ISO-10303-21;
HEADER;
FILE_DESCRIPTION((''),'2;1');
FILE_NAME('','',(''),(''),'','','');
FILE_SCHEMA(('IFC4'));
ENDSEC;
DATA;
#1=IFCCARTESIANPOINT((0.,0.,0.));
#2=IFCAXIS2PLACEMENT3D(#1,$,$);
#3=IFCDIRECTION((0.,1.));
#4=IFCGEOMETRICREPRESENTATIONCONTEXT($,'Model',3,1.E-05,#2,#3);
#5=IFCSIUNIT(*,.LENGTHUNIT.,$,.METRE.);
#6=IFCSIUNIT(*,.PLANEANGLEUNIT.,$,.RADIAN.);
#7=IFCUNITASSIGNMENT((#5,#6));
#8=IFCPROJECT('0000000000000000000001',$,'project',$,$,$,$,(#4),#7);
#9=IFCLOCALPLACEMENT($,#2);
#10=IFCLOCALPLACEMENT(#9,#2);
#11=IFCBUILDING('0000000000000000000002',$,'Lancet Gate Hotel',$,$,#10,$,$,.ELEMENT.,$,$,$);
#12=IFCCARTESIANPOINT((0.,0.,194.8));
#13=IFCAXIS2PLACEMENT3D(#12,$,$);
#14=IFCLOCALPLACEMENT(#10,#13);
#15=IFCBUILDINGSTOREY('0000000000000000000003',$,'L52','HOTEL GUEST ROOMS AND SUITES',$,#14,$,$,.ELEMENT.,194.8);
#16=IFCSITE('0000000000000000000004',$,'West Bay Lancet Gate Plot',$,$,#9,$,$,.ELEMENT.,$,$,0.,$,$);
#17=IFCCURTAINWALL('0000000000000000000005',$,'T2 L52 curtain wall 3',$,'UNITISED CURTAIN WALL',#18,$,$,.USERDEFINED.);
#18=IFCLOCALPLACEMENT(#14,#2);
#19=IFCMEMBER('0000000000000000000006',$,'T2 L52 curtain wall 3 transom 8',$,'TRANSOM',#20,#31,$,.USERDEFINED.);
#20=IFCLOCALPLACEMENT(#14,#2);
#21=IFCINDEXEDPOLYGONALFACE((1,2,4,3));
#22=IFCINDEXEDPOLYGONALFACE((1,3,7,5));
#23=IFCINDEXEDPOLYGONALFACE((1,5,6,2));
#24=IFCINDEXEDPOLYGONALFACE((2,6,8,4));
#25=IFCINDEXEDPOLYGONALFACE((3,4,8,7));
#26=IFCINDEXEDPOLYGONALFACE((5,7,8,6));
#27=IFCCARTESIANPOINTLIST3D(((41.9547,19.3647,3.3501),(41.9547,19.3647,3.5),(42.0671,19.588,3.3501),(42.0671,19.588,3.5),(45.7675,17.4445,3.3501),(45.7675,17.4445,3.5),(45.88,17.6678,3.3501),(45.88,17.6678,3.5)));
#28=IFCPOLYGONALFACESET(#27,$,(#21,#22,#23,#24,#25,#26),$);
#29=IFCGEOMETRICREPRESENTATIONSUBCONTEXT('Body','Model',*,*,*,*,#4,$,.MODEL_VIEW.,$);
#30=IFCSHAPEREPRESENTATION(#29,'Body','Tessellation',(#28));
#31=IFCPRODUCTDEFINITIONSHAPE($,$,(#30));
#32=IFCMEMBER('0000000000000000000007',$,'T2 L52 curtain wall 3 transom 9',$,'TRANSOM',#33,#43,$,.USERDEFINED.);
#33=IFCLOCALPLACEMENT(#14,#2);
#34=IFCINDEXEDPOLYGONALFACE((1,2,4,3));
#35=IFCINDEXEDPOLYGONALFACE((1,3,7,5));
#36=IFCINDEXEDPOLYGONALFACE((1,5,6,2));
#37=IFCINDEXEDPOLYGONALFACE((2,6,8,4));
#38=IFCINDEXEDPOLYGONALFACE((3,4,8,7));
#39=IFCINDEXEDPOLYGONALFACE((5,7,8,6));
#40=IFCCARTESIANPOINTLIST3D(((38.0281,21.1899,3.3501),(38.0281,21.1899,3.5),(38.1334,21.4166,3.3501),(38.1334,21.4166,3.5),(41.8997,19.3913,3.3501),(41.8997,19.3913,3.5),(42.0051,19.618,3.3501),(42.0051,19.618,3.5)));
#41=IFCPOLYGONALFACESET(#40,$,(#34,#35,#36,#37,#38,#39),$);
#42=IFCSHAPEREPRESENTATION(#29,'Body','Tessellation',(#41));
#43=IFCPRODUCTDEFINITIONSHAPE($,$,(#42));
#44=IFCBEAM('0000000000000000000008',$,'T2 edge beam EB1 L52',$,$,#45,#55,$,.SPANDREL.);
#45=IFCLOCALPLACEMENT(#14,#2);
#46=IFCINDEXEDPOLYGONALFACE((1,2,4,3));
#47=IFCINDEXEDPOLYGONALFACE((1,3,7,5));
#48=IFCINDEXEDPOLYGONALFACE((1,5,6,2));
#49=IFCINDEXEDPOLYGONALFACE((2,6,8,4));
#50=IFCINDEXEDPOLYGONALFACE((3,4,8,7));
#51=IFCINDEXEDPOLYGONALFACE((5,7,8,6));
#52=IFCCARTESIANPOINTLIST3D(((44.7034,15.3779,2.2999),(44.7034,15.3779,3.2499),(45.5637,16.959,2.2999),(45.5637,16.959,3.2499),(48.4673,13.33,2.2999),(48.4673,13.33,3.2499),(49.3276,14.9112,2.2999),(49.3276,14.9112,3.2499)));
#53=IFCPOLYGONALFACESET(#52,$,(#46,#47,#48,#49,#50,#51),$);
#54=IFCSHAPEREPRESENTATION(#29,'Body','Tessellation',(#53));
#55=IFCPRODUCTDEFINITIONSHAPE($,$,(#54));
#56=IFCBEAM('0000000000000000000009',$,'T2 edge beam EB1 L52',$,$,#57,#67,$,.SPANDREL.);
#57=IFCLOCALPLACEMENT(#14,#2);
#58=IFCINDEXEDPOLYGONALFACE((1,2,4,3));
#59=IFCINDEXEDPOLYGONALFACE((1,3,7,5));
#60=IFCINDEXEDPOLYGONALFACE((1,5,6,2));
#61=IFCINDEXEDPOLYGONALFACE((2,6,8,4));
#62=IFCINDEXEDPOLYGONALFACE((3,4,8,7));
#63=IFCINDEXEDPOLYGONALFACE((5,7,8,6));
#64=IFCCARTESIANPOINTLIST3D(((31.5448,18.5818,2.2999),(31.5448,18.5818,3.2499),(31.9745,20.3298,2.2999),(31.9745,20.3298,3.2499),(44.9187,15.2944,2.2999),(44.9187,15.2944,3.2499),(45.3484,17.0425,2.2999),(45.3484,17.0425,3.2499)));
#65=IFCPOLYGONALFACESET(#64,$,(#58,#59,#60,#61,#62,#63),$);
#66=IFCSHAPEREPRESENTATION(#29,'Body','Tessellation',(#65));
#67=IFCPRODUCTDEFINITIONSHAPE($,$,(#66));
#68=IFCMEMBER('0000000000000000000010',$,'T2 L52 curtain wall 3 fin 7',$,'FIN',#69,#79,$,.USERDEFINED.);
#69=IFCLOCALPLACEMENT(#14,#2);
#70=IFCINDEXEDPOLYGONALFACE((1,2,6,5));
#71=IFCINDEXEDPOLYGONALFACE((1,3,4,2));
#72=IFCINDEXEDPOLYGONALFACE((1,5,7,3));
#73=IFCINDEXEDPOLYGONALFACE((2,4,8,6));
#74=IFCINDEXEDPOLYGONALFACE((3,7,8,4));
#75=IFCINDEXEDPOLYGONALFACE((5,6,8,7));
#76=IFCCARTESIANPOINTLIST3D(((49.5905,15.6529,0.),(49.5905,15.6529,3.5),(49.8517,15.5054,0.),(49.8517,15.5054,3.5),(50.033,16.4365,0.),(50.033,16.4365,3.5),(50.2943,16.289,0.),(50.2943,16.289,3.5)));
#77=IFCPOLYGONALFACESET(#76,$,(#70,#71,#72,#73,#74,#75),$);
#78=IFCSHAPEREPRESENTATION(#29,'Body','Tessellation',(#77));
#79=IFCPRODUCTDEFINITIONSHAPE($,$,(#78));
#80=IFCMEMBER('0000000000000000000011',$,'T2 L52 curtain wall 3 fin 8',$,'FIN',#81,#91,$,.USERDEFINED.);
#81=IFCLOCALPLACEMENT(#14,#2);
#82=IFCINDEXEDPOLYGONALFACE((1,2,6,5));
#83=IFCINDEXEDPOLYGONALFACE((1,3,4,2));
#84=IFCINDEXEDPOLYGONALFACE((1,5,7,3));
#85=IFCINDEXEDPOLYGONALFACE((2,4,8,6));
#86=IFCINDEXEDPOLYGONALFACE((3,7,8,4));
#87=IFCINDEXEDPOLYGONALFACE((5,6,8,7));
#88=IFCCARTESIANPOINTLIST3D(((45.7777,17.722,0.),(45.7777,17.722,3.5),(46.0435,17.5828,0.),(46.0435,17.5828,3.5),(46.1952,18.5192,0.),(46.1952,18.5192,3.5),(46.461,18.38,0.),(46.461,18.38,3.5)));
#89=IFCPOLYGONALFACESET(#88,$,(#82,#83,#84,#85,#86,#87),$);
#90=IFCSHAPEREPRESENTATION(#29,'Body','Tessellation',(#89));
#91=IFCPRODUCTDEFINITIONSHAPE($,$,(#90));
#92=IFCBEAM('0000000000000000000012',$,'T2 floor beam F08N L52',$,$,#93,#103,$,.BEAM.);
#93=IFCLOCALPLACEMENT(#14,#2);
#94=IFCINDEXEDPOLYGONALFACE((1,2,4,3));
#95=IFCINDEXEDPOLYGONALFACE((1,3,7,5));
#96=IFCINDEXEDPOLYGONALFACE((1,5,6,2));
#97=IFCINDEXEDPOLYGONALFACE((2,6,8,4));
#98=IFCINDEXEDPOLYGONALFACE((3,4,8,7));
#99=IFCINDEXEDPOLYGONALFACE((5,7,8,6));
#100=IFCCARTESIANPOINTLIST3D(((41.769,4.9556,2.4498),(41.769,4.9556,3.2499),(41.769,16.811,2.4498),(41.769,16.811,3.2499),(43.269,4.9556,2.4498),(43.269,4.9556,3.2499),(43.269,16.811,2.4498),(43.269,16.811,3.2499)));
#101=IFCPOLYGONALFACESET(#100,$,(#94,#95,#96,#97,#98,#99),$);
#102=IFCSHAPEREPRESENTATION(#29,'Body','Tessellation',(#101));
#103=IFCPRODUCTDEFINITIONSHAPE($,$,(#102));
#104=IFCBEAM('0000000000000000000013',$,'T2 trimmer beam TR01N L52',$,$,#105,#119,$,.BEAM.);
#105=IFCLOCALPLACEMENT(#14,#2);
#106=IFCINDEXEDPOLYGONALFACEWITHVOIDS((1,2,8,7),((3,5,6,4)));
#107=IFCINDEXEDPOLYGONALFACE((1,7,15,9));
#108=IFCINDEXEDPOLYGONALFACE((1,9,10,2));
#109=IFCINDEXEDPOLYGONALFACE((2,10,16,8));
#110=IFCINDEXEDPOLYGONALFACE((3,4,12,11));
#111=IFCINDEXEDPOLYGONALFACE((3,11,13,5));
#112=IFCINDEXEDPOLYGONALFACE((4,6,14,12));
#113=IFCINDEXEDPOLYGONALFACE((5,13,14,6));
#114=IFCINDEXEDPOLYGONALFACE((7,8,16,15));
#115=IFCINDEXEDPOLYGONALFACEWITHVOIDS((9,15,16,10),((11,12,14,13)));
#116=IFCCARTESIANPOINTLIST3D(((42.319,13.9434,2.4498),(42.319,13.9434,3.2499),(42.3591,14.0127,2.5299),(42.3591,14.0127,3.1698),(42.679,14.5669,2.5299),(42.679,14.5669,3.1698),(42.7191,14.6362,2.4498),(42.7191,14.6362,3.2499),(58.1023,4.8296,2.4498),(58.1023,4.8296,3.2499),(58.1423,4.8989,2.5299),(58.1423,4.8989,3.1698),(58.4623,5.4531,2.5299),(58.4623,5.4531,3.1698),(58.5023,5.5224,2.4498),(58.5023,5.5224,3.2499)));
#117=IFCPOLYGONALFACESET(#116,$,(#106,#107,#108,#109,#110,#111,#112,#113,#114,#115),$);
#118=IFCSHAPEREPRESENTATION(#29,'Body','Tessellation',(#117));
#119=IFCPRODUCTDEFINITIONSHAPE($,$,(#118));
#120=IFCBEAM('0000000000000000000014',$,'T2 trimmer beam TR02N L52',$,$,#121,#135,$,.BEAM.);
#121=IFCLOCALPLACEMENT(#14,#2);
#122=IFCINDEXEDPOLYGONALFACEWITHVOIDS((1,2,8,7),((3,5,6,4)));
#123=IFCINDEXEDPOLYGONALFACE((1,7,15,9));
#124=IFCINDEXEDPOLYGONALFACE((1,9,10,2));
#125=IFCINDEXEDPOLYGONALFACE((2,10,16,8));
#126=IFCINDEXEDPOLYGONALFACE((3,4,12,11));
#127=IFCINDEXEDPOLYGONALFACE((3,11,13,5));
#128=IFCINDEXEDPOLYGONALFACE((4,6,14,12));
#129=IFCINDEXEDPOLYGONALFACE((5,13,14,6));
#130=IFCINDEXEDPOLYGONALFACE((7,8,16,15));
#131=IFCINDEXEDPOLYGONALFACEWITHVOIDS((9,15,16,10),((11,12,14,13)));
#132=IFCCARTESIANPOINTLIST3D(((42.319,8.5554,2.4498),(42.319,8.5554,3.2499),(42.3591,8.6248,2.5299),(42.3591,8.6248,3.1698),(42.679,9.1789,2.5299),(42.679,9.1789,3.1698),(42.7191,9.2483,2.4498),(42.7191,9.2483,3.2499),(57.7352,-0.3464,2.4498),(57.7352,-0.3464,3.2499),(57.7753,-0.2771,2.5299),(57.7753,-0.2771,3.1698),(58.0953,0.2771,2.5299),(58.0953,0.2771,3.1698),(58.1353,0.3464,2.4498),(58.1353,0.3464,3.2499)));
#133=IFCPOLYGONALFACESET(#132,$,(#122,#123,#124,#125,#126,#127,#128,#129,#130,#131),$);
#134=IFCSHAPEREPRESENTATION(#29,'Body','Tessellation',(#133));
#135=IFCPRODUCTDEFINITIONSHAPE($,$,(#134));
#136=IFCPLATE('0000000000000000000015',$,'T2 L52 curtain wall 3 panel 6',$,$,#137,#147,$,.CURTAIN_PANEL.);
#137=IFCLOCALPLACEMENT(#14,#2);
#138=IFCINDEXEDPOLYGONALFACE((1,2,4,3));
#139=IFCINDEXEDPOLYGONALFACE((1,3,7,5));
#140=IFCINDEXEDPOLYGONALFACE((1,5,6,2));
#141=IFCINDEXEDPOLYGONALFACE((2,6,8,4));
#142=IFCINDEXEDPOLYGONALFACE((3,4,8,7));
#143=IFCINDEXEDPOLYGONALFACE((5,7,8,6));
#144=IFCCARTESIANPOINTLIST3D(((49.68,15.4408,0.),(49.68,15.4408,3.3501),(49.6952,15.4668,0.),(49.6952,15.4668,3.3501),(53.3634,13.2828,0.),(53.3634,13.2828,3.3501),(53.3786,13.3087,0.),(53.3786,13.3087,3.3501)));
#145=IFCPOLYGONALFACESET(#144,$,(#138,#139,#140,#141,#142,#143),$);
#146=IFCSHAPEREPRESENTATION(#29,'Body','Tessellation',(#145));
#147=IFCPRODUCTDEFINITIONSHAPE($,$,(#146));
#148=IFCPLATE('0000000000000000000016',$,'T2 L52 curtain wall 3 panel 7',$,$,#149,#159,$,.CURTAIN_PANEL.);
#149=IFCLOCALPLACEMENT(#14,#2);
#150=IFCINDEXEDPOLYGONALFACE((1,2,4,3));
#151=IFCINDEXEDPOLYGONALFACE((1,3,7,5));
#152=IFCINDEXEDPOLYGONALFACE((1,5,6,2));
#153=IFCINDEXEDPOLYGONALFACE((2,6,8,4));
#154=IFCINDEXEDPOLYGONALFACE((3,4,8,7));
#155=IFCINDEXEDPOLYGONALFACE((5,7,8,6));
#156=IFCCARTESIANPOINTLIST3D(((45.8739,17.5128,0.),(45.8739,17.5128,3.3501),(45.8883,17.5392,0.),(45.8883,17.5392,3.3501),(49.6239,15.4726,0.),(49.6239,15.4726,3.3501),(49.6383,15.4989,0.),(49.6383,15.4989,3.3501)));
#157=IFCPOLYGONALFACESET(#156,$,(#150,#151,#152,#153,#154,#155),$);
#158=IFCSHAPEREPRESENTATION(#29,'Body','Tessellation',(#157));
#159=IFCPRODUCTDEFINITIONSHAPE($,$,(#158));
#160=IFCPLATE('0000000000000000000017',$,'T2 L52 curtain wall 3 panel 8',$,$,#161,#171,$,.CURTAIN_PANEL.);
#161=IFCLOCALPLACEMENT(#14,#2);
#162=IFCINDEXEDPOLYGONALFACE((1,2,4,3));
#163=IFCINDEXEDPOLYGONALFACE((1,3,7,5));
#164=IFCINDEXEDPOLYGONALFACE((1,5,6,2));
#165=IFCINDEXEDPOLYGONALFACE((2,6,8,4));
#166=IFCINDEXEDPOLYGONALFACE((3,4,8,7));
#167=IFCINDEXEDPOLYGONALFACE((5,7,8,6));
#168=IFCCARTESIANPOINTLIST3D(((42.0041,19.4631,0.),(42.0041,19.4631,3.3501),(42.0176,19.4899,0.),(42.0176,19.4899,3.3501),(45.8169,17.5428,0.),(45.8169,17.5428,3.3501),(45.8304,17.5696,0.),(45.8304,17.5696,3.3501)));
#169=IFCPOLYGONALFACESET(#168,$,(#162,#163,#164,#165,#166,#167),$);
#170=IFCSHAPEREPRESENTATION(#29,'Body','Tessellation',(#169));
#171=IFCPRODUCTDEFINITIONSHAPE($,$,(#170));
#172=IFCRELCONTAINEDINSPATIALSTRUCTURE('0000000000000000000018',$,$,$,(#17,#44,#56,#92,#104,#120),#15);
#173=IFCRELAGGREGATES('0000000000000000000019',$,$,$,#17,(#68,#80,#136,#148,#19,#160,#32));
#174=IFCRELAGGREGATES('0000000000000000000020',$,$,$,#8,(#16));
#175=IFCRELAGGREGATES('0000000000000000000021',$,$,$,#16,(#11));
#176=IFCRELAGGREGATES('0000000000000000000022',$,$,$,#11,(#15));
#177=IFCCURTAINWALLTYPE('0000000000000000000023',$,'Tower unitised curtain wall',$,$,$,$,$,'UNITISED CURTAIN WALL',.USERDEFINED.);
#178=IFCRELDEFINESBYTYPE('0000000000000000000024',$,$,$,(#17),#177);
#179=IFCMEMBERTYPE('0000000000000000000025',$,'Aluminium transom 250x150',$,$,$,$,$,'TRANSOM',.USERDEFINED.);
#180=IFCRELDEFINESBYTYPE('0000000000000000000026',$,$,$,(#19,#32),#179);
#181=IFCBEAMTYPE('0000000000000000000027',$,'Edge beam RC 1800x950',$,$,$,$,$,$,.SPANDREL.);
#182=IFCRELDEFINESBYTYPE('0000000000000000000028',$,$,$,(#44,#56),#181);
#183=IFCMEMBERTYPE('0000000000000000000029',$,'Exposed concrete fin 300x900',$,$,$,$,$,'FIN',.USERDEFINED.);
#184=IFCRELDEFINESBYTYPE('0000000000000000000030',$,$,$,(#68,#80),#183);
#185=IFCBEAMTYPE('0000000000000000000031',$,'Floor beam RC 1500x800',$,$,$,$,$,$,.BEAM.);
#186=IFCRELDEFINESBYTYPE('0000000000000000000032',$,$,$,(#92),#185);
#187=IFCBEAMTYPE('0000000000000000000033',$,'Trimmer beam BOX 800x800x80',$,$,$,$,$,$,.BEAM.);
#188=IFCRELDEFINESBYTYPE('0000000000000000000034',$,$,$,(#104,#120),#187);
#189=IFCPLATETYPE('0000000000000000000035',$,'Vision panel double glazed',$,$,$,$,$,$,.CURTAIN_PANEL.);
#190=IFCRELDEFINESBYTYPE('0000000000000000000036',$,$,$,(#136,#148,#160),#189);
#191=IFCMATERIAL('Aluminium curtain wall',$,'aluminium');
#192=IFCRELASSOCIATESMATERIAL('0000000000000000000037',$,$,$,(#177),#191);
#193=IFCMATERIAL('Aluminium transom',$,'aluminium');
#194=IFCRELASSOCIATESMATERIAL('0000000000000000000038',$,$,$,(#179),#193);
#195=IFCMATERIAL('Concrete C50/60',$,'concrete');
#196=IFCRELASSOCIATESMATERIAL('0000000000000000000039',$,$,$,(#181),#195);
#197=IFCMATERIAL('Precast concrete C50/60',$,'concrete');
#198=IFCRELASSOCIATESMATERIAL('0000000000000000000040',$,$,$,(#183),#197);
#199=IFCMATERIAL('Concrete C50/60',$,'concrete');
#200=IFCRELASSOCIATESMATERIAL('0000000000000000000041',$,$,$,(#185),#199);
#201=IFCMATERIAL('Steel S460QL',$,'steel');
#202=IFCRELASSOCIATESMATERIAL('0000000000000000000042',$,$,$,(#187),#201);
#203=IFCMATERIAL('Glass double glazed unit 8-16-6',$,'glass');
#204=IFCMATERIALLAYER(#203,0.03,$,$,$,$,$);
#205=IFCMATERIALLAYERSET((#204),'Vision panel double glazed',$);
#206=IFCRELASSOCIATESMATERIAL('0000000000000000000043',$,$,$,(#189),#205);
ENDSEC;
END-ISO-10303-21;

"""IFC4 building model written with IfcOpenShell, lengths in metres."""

from ifc_helpers import new_model, si_unit, direction, frame, origin, origin_2d, place, context, subcontext, project, spatial, rectangle, hollow_rectangle, extrude, material, layer, layer_set, material_profile, profile_set, type_object, element, aggregate, save


model = new_model("IFC4")

# Units and contexts
model_context = context("Model", 3, precision=1e-05, world=origin(), true_north=direction((0.0, 1.0)))
body_context = subcontext(model_context, "Body", "Model", "MODEL_VIEW")
ifc_project = project(units=[si_unit("LENGTHUNIT", "METRE"), si_unit("PLANEANGLEUNIT", "RADIAN")], contexts=[model_context])

# Site, building, storey
site_placement = place(None, origin())
site = spatial("IfcSite", under=ifc_project, at=site_placement, Name="West Bay Lancet Gate Plot", CompositionType="ELEMENT", RefElevation=0.0)
building_placement = place(site_placement, origin())
building = spatial("IfcBuilding", under=site, at=building_placement, Name="Lancet Gate Hotel", CompositionType="ELEMENT")
storey_placement = place(building_placement, frame((0.0, 0.0, 194.8)))
storey = spatial("IfcBuildingStorey", under=building, at=storey_placement, Name="L52", Description="HOTEL GUEST ROOMS AND SUITES", CompositionType="ELEMENT", Elevation=194.8)

# Curtain wall, members
ifc_material_1 = material(Name="Aluminium curtain wall", Category="aluminium")
curtain_wall_type = type_object("IfcCurtainWallType", Name="Tower unitised curtain wall", ElementType="UNITISED CURTAIN WALL", PredefinedType="USERDEFINED", material=ifc_material_1)
curtain_wall_placement = place(storey_placement, origin())
curtain_wall = element("IfcCurtainWall", 1, at=curtain_wall_placement, inside=storey, type_object=curtain_wall_type, Name="T2 L52 curtain wall 3", ObjectType="UNITISED CURTAIN WALL", PredefinedType="USERDEFINED")
ifc_material_2 = material(Name="Aluminium transom", Category="aluminium")
ifc_material_profile_1 = material_profile(ifc_material_2, rectangle(XDim=0.25, YDim=0.1499, at=origin_2d()), Name="TRANSOM 250x150")
ifc_profile_set_1 = profile_set([ifc_material_profile_1], Name="Aluminium transom")
member_type_1 = type_object("IfcMemberType", Name="Aluminium transom 250x150", ElementType="TRANSOM", PredefinedType="USERDEFINED", material=ifc_profile_set_1)
member_1_placement = place(storey_placement, frame((45.8237, 17.5562, 3.425), z_axis=(-0.893131, 0.449797, 0.0), x_axis=(-0.449797, -0.893131, 0.0)))
member_1 = element("IfcMember", 2, at=member_1_placement, type_object=member_type_1, Name="T2 L52 curtain wall 3 transom 8", ObjectType="TRANSOM", PredefinedType="USERDEFINED", context=body_context, shape_type="SweptSolid", body=[
    extrude(rectangle(XDim=0.25, YDim=0.1499, at=origin_2d()), origin(), (0.0, 0.0, 1.0), 4.269),
])
member_2_placement = place(storey_placement, frame((41.9524, 19.5046, 3.425), z_axis=(-0.906914, 0.421316, 0.0), x_axis=(-0.421316, -0.906914, 0.0)))
member_2 = element("IfcMember", 3, at=member_2_placement, type_object=member_type_1, Name="T2 L52 curtain wall 3 transom 9", ObjectType="TRANSOM", PredefinedType="USERDEFINED", context=body_context, shape_type="SweptSolid", body=[
    extrude(rectangle(XDim=0.25, YDim=0.1499, at=origin_2d()), origin(), (0.0, 0.0, 1.0), 4.269),
])

# Beams
ifc_material_3 = material(Name="Concrete C50/60", Category="concrete")
ifc_material_profile_2 = material_profile(ifc_material_3, rectangle(XDim=1.8, YDim=0.95, at=origin_2d()), Name="RC 1800x950")
ifc_profile_set_2 = profile_set([ifc_material_profile_2], Name="Concrete C50/60")
beam_type_1 = type_object("IfcBeamType", Name="Edge beam RC 1800x950", PredefinedType="SPANDREL", material=ifc_profile_set_2)
beam_1_placement = place(storey_placement, frame((48.8975, 14.1206, 2.7749), z_axis=(-0.878405, 0.477918, 0.0), x_axis=(-0.477918, -0.878405, 0.0)))
element("IfcBeam", 4, at=beam_1_placement, inside=storey, type_object=beam_type_1, Name="T2 edge beam EB1 L52", PredefinedType="SPANDREL", context=body_context, shape_type="SweptSolid", body=[
    extrude(rectangle(XDim=1.8, YDim=0.95, at=origin_2d()), origin(), (0.0, 0.0, 1.0), 4.2849),
])
beam_2_placement = place(storey_placement, frame((45.1335, 16.1685, 2.7749), z_axis=(-0.971093, 0.2387, 0.0), x_axis=(-0.2387, -0.971093, 0.0)))
element("IfcBeam", 5, at=beam_2_placement, inside=storey, type_object=beam_type_1, Name="T2 edge beam EB1 L52", PredefinedType="SPANDREL", context=body_context, shape_type="SweptSolid", body=[
    extrude(rectangle(XDim=1.8, YDim=0.95, at=origin_2d()), origin(), (0.0, 0.0, 1.0), 13.772),
])

# Members
ifc_material_4 = material(Name="Precast concrete C50/60", Category="concrete")
ifc_material_profile_3 = material_profile(ifc_material_4, rectangle(XDim=0.3, YDim=0.8999, at=origin_2d()), Name="FIN 300x900")
ifc_profile_set_3 = profile_set([ifc_material_profile_3], Name="Precast concrete C50/60")
member_type_2 = type_object("IfcMemberType", Name="Exposed concrete fin 300x900", ElementType="FIN", PredefinedType="USERDEFINED", material=ifc_profile_set_3)
member_3_placement = place(storey_placement, frame((49.9424, 15.9709, 0.0), z_axis=(0.0, 0.0, 1.0), x_axis=(-0.870722, 0.491776, 0.0)))
member_3 = element("IfcMember", 6, at=member_3_placement, type_object=member_type_2, Name="T2 L52 curtain wall 3 fin 7", ObjectType="FIN", PredefinedType="USERDEFINED", context=body_context, shape_type="SweptSolid", body=[
    extrude(rectangle(XDim=0.3, YDim=0.8999, at=origin_2d()), origin(), (0.0, 0.0, 1.0), 3.5),
])
member_4_placement = place(storey_placement, frame((46.1194, 18.051, 0.0), z_axis=(0.0, 0.0, 1.0), x_axis=(-0.885877, 0.46392, 0.0)))
member_4 = element("IfcMember", 7, at=member_4_placement, type_object=member_type_2, Name="T2 L52 curtain wall 3 fin 8", ObjectType="FIN", PredefinedType="USERDEFINED", context=body_context, shape_type="SweptSolid", body=[
    extrude(rectangle(XDim=0.3, YDim=0.8999, at=origin_2d()), origin(), (0.0, 0.0, 1.0), 3.5),
])

# Beams
ifc_material_5 = material(Name="Concrete C50/60", Category="concrete")
ifc_material_profile_4 = material_profile(ifc_material_5, rectangle(XDim=1.5, YDim=0.8, at=origin_2d()), Name="RC 1500x800")
ifc_profile_set_4 = profile_set([ifc_material_profile_4], Name="Concrete C50/60")
beam_type_2 = type_object("IfcBeamType", Name="Floor beam RC 1500x800", PredefinedType="BEAM", material=ifc_profile_set_4)
beam_3_placement = place(storey_placement, frame((42.519, 4.9556, 2.8499), z_axis=(0.0, 1.0, 0.0), x_axis=(-1.0, 0.0, 0.0)))
element("IfcBeam", 8, at=beam_3_placement, inside=storey, type_object=beam_type_2, Name="T2 floor beam F08N L52", PredefinedType="BEAM", context=body_context, shape_type="SweptSolid", body=[
    extrude(rectangle(XDim=1.5, YDim=0.8, at=origin_2d()), origin(), (0.0, 0.0, 1.0), 11.8555),
])
ifc_material_6 = material(Name="Steel S460QL", Category="steel")
ifc_material_profile_5 = material_profile(ifc_material_6, hollow_rectangle(XDim=0.8, YDim=0.8, WallThickness=0.0801, at=origin_2d()), Name="BOX 800x800x80")
ifc_profile_set_5 = profile_set([ifc_material_profile_5], Name="Steel S460QL")
beam_type_3 = type_object("IfcBeamType", Name="Trimmer beam BOX 800x800x80", PredefinedType="BEAM", material=ifc_profile_set_5)
beam_4_placement = place(storey_placement, frame((42.519, 14.2898, 2.8499), z_axis=(0.865994, -0.500055, 0.0), x_axis=(0.500055, 0.865994, 0.0)))
element("IfcBeam", 9, at=beam_4_placement, inside=storey, type_object=beam_type_3, Name="T2 trimmer beam TR01N L52", PredefinedType="BEAM", context=body_context, shape_type="SweptSolid", body=[
    extrude(hollow_rectangle(XDim=0.8, YDim=0.8, WallThickness=0.0801, at=origin_2d()), origin(), (0.0, 0.0, 1.0), 18.2256),
])
beam_5_placement = place(storey_placement, frame((42.519, 8.9019, 2.8499), z_axis=(0.865994, -0.500054, 0.0), x_axis=(0.500054, 0.865994, 0.0)))
element("IfcBeam", 10, at=beam_5_placement, inside=storey, type_object=beam_type_3, Name="T2 trimmer beam TR02N L52", PredefinedType="BEAM", context=body_context, shape_type="SweptSolid", body=[
    extrude(hollow_rectangle(XDim=0.8, YDim=0.8, WallThickness=0.0801, at=origin_2d()), origin(), (0.0, 0.0, 1.0), 17.8018),
])

# Plates
ifc_material_7 = material(Name="Glass double glazed unit 8-16-6", Category="glass")
ifc_layer_1 = layer(ifc_material_7, 0.03)
ifc_layer_set_1 = layer_set([ifc_layer_1], Name="Vision panel double glazed")
plate_type = type_object("IfcPlateType", Name="Vision panel double glazed", PredefinedType="CURTAIN_PANEL", material=ifc_layer_set_1)
plate_1_placement = place(storey_placement, frame((51.5293, 14.3748, 0.0), z_axis=(0.0, 0.0, 1.0), x_axis=(-0.862815, 0.50552, 0.0)))
plate_1 = element("IfcPlate", 11, at=plate_1_placement, type_object=plate_type, Name="T2 L52 curtain wall 3 panel 6", PredefinedType="CURTAIN_PANEL", context=body_context, shape_type="SweptSolid", body=[
    extrude(rectangle(XDim=4.269, YDim=0.03, at=origin_2d()), origin(), (0.0, 0.0, 1.0), 3.3501),
])
plate_2_placement = place(storey_placement, frame((47.7561, 16.5059, 0.0), z_axis=(0.0, 0.0, 1.0), x_axis=(-0.87841, 0.477908, 0.0)))
plate_2 = element("IfcPlate", 12, at=plate_2_placement, type_object=plate_type, Name="T2 L52 curtain wall 3 panel 7", PredefinedType="CURTAIN_PANEL", context=body_context, shape_type="SweptSolid", body=[
    extrude(rectangle(XDim=4.269, YDim=0.03, at=origin_2d()), origin(), (0.0, 0.0, 1.0), 3.3501),
])
plate_3_placement = place(storey_placement, frame((43.9172, 18.5164, 0.0), z_axis=(0.0, 0.0, 1.0), x_axis=(-0.893121, 0.449816, 0.0)))
plate_3 = element("IfcPlate", 13, at=plate_3_placement, type_object=plate_type, Name="T2 L52 curtain wall 3 panel 8", PredefinedType="CURTAIN_PANEL", context=body_context, shape_type="SweptSolid", body=[
    extrude(rectangle(XDim=4.269, YDim=0.03, at=origin_2d()), origin(), (0.0, 0.0, 1.0), 3.3501),
])
aggregate(curtain_wall, [member_3, member_4, plate_1, plate_2, member_1, plate_3, member_2])

save(model, "model.ifc")
